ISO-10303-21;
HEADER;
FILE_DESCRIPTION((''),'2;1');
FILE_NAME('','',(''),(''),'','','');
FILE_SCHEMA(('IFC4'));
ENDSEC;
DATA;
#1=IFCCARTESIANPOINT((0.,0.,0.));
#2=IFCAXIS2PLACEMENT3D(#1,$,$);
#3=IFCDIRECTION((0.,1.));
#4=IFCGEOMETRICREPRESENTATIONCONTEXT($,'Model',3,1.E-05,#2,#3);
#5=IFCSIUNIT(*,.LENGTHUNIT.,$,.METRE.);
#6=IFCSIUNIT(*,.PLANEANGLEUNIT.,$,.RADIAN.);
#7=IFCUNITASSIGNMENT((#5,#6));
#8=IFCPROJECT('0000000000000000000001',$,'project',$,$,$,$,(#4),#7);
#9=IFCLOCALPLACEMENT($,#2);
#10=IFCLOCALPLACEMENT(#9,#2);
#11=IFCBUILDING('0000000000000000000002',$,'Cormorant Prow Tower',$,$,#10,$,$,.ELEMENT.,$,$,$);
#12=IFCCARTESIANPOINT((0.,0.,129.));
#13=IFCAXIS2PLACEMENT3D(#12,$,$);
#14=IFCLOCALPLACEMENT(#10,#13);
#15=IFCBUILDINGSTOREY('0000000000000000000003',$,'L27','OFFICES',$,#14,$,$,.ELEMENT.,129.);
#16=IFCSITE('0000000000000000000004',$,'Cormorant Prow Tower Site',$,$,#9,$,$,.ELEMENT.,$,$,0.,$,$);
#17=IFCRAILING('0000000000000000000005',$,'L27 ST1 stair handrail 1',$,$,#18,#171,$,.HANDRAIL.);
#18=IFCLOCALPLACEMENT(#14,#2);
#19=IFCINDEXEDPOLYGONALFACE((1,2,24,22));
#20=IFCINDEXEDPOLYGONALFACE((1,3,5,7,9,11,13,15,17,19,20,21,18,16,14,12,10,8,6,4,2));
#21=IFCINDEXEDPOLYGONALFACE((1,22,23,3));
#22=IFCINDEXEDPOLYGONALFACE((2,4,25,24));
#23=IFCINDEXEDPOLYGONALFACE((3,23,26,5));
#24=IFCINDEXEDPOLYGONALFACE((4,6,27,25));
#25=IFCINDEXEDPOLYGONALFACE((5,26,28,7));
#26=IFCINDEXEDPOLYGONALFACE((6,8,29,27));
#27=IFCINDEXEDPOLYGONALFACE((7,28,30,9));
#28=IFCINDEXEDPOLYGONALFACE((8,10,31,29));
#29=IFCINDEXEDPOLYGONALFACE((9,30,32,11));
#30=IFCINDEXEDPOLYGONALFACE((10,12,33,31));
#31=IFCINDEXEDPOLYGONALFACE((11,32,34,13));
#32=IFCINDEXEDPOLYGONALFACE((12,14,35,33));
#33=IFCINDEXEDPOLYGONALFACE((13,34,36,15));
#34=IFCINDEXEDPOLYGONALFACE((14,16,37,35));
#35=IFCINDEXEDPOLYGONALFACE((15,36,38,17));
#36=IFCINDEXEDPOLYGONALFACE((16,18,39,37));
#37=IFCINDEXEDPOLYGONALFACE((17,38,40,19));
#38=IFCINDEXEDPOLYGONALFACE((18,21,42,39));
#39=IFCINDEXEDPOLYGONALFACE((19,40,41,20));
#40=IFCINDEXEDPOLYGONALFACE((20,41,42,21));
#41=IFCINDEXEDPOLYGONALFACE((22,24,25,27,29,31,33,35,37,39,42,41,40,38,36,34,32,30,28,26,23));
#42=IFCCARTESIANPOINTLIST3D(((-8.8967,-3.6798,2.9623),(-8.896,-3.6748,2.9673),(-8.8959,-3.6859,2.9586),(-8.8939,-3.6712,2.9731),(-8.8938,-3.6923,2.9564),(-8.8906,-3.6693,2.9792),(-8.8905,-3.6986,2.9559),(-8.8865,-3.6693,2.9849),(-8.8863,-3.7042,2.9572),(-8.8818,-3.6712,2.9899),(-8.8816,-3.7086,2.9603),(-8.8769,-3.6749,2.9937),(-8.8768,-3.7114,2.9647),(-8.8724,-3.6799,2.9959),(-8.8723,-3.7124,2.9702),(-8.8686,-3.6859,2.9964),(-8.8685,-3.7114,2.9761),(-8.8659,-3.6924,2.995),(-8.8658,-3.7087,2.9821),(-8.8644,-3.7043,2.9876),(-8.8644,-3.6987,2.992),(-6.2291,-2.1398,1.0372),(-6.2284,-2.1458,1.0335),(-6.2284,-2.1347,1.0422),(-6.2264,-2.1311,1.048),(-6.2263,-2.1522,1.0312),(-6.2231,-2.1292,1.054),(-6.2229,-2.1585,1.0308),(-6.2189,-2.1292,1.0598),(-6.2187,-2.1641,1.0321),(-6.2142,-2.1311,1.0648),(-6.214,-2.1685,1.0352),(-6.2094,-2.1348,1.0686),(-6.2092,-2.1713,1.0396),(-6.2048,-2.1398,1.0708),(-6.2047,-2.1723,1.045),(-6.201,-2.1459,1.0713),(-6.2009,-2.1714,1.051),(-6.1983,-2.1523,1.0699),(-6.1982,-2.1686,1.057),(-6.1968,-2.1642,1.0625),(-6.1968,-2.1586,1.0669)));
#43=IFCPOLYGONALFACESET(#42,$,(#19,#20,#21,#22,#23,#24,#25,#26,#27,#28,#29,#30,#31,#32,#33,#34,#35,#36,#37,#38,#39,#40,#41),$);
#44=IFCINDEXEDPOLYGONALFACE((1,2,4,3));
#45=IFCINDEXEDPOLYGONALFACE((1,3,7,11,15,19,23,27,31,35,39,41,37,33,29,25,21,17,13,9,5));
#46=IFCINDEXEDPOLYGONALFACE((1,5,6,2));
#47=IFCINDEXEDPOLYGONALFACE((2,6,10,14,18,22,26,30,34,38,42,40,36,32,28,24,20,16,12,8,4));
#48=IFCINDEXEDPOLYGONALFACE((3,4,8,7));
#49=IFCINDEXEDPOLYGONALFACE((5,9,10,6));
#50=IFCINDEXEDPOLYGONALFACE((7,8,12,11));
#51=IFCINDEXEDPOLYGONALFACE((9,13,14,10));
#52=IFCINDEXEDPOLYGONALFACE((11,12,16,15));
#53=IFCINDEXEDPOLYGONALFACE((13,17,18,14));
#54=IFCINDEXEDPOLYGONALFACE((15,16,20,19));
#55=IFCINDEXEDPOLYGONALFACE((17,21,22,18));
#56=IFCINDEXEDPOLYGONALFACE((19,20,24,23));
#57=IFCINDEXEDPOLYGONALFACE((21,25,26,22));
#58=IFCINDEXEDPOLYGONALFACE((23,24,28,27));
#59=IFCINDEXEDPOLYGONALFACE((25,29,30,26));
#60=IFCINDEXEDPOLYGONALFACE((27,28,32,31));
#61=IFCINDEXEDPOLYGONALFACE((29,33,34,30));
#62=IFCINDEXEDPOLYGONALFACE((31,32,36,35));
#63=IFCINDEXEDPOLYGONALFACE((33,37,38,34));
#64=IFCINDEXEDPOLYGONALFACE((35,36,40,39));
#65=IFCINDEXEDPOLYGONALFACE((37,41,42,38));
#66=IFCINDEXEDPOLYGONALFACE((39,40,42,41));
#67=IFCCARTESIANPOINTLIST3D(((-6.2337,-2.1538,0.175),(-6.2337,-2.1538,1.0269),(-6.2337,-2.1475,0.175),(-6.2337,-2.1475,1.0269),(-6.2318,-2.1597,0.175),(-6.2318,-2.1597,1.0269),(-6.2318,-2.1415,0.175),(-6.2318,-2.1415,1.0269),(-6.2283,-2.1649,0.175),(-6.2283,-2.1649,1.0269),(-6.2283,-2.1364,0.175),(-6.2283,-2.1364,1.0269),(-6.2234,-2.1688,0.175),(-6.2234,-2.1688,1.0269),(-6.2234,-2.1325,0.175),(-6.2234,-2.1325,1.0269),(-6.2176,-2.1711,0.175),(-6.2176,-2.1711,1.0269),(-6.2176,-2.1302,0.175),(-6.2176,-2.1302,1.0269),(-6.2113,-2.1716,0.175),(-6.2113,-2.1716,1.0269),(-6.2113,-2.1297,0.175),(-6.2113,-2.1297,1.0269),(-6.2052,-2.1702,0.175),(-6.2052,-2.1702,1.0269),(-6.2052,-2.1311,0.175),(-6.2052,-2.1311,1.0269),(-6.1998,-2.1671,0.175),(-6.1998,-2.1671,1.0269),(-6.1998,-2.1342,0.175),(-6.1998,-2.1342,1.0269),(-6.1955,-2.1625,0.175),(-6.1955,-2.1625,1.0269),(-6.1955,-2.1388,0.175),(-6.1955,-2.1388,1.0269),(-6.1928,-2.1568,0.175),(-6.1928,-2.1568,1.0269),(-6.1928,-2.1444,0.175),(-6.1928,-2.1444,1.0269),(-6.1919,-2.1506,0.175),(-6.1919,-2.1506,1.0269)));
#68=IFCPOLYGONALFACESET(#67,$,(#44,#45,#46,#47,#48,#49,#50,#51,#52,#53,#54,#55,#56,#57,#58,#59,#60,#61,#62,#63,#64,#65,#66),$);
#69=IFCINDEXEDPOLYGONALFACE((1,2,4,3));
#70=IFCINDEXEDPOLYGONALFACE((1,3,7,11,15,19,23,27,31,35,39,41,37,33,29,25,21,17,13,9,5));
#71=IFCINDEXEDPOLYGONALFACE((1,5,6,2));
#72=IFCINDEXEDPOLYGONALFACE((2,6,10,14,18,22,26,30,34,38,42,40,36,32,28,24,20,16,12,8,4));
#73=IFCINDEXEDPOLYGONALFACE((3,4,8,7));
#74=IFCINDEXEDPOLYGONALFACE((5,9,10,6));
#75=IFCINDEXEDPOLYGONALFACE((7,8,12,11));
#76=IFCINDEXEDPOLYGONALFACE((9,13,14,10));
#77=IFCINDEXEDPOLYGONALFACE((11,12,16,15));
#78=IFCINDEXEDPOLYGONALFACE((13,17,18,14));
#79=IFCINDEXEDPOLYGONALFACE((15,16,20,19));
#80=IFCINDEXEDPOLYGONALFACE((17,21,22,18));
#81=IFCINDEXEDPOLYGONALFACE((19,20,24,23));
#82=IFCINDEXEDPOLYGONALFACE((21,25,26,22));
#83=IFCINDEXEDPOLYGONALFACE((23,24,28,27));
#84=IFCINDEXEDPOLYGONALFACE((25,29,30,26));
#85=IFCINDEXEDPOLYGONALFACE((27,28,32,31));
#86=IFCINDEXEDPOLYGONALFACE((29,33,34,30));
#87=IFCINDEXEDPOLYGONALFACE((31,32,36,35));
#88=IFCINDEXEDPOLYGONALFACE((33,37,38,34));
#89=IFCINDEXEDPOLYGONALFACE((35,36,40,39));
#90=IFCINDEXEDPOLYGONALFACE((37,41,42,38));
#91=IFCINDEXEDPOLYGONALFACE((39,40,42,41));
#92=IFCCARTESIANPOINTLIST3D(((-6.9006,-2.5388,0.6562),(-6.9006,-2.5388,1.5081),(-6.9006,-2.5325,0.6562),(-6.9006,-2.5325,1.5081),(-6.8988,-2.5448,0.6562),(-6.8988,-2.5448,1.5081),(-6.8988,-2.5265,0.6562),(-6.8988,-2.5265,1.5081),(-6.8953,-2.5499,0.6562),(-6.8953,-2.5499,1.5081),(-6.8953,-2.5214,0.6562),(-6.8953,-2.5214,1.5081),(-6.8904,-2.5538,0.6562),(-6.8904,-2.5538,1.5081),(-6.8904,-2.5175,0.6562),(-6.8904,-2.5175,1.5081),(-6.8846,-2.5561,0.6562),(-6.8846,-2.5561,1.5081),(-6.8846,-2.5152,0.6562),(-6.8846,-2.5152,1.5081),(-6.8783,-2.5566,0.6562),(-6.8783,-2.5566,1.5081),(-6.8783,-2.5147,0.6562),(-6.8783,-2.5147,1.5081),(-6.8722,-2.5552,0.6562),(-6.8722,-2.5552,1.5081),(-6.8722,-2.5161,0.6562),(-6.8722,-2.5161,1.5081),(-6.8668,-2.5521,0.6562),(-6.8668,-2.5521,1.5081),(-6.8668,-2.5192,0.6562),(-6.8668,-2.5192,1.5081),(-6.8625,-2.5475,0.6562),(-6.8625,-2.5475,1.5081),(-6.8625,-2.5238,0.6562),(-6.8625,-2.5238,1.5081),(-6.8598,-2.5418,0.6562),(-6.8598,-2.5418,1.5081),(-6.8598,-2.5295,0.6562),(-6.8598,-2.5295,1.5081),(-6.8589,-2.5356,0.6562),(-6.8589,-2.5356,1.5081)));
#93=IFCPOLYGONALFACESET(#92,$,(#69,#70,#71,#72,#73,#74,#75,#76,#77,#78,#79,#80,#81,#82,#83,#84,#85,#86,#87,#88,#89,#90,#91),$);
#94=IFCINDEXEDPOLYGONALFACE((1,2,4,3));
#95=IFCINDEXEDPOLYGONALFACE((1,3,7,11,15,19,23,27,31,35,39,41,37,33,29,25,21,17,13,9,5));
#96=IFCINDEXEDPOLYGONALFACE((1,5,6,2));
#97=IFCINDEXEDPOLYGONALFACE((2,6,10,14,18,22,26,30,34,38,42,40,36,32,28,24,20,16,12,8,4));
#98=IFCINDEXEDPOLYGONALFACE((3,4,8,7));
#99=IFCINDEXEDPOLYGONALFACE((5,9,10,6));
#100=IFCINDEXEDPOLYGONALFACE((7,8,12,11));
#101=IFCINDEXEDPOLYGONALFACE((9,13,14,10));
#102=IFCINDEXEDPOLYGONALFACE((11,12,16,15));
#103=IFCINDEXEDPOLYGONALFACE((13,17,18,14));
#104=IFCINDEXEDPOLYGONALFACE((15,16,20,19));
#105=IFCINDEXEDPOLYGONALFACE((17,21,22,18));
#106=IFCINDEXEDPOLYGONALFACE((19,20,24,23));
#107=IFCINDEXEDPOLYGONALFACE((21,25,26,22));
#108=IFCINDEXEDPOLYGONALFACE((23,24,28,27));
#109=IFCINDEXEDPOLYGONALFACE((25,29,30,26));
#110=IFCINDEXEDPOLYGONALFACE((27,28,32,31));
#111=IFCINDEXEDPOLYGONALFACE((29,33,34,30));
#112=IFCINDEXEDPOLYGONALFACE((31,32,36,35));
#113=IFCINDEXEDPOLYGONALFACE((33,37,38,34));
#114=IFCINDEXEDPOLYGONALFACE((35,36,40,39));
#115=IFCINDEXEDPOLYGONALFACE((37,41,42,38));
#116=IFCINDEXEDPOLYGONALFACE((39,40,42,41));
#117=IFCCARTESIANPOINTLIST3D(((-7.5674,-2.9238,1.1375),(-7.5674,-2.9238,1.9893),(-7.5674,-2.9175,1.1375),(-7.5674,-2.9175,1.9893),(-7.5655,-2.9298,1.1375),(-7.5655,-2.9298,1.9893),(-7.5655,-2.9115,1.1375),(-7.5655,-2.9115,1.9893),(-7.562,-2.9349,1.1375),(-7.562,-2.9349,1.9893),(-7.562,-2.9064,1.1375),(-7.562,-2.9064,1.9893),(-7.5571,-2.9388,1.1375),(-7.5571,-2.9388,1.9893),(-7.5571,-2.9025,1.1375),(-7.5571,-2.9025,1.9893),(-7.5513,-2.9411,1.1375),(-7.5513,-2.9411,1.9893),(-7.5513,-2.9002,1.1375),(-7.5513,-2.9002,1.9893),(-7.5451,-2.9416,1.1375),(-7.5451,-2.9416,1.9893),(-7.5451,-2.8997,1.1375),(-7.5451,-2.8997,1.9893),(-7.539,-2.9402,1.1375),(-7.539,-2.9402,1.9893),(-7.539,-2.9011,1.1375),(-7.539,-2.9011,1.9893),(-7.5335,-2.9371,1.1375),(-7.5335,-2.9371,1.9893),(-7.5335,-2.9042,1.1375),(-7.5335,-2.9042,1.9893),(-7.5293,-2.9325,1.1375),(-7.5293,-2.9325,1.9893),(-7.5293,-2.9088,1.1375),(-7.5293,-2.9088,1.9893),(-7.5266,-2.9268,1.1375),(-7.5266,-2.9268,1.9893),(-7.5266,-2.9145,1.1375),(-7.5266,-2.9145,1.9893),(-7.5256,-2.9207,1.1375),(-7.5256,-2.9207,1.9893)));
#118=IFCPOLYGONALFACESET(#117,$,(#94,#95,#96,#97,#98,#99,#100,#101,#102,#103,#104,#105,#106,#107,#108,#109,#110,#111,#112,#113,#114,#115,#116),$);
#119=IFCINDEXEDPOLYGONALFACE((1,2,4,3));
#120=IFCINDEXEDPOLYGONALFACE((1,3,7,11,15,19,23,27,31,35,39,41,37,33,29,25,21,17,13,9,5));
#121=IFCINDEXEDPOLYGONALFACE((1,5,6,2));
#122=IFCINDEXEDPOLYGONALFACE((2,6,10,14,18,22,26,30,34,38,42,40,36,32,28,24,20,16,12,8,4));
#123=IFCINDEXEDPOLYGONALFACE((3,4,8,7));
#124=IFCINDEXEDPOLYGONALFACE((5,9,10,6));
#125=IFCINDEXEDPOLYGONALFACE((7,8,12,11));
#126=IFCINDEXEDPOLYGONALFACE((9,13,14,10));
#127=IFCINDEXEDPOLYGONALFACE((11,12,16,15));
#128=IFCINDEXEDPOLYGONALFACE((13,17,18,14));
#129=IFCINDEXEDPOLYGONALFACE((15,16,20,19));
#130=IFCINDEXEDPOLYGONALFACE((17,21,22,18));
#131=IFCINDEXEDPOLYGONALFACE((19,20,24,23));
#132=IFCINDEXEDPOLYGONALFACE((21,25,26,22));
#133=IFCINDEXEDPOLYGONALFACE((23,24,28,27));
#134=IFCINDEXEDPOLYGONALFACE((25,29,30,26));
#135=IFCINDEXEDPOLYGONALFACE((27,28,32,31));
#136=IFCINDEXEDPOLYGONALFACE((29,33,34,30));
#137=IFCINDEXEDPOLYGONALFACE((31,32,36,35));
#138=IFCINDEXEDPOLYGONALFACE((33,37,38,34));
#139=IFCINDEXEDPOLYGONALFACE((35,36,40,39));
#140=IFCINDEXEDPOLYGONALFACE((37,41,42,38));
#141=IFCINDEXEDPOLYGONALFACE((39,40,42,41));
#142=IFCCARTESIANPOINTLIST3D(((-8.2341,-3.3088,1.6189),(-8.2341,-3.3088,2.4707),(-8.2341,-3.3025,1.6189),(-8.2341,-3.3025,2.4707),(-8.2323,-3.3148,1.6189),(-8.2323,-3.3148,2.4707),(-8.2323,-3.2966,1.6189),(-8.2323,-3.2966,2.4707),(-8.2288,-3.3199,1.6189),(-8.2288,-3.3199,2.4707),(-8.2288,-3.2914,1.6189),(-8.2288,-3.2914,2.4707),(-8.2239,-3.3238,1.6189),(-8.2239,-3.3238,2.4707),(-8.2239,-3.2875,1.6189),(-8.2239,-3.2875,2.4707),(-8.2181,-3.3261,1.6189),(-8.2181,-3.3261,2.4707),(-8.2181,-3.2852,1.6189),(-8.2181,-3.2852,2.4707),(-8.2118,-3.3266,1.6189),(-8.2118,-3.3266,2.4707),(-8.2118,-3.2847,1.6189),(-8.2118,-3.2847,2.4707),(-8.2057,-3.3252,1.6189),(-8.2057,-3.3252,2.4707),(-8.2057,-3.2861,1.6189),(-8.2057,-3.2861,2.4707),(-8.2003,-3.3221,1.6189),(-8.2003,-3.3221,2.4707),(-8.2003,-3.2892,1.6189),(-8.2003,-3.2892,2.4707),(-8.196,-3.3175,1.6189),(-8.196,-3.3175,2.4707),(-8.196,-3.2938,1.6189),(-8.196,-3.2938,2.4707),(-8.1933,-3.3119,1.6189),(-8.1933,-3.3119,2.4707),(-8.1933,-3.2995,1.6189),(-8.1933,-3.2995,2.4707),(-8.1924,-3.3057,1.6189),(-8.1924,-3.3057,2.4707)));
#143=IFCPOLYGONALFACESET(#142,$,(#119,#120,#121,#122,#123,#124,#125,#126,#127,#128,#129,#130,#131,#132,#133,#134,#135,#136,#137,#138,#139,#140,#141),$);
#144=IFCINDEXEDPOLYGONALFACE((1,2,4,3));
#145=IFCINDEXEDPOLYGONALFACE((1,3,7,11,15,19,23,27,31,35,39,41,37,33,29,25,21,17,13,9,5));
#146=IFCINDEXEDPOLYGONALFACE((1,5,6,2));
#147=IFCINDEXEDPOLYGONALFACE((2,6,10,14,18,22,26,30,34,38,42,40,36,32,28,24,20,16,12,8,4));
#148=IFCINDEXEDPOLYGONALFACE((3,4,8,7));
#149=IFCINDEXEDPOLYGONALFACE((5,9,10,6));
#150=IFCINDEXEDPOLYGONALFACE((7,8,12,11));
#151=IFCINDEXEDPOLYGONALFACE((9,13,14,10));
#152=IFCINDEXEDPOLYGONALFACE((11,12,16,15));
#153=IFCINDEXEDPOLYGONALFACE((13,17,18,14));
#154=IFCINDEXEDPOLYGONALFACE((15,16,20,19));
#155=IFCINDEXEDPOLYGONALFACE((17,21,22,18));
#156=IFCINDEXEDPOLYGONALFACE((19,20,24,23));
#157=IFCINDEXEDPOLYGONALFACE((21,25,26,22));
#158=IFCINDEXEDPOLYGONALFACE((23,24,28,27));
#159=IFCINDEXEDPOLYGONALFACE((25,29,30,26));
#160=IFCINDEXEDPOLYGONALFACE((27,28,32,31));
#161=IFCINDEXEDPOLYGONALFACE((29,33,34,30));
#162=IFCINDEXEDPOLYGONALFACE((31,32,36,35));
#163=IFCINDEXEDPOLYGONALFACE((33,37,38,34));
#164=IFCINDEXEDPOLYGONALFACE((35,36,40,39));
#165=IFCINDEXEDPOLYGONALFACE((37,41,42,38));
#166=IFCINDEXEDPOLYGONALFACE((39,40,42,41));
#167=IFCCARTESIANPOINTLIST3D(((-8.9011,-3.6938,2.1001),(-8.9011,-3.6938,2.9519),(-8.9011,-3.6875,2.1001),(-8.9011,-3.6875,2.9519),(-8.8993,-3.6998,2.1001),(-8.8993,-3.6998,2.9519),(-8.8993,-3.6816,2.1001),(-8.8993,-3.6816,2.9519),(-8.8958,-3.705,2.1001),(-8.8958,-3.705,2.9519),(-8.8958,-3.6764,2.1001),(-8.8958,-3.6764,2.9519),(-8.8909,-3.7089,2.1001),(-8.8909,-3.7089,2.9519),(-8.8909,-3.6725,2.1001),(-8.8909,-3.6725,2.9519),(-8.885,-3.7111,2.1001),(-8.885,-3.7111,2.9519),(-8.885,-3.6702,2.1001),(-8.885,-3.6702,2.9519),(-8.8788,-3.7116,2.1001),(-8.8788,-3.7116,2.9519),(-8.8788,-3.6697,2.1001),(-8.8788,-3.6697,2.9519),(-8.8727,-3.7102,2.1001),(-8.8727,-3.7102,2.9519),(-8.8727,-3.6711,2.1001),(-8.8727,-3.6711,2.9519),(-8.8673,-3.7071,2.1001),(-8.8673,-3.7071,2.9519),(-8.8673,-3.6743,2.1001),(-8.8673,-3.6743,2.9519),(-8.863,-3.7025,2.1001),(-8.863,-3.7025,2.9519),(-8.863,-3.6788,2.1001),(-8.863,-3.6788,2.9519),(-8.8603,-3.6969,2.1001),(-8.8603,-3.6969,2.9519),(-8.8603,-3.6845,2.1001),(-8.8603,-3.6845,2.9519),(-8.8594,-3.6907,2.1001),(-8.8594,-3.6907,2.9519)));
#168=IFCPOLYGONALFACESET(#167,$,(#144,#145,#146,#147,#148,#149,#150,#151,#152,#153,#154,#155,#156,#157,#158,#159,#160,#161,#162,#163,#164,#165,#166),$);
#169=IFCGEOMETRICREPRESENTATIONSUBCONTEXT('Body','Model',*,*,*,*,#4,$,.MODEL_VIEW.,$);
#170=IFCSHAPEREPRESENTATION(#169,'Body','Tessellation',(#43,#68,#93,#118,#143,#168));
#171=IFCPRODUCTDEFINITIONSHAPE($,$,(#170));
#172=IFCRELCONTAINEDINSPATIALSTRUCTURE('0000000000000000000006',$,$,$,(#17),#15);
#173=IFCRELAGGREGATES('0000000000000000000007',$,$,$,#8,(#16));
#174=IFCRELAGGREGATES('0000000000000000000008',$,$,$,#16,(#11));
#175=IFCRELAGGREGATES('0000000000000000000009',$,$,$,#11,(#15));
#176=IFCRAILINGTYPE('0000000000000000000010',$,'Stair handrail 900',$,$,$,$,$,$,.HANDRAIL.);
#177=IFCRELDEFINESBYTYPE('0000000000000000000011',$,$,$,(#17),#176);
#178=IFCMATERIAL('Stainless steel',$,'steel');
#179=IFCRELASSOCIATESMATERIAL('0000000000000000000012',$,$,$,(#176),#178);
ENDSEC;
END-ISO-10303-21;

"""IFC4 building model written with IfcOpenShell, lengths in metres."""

from ifc_helpers import new_model, si_unit, direction, frame, origin, origin_2d, place, context, subcontext, project, spatial, circle, extrude, material, type_object, element, save


model = new_model("IFC4")

# Units and contexts
model_context = context("Model", 3, precision=1e-05, world=origin(), true_north=direction((0.0, 1.0)))
body_context = subcontext(model_context, "Body", "Model", "MODEL_VIEW")
ifc_project = project(units=[si_unit("LENGTHUNIT", "METRE"), si_unit("PLANEANGLEUNIT", "RADIAN")], contexts=[model_context])

# Site, building, storey
site_placement = place(None, origin())
site = spatial("IfcSite", under=ifc_project, at=site_placement, Name="Cormorant Prow Tower Site", CompositionType="ELEMENT", RefElevation=0.0)
building_placement = place(site_placement, origin())
building = spatial("IfcBuilding", under=site, at=building_placement, Name="Cormorant Prow Tower", CompositionType="ELEMENT")
storey_placement = place(building_placement, frame((0.0, 0.0, 129.0)))
storey = spatial("IfcBuildingStorey", under=building, at=storey_placement, Name="L27", Description="OFFICES", CompositionType="ELEMENT", Elevation=129.0)

# Railing
ifc_material_1 = material(Name="Stainless steel", Category="steel")
railing_type_1 = type_object("IfcRailingType", Name="Stair handrail 900", PredefinedType="HANDRAIL", material=ifc_material_1)
railing_1_placement = place(storey_placement, frame((-6.2129, -2.1506, 0.175)))
element("IfcRailing", 1, at=railing_1_placement, inside=storey, type_object=railing_type_1, Name="L27 ST1 stair handrail 1", PredefinedType="HANDRAIL", context=body_context, shape_type="SweptSolid", body=[
    extrude(circle(Radius=0.0239, at=origin_2d()), frame((0.0, 0.0, 0.876), z_axis=(-0.734395, -0.423994, 0.529993), x_axis=(0.499992, -0.86603, 0.0)), (0.0, 0.0, 1.0), 3.6323),
    extrude(circle(Radius=0.021, at=origin_2d()), origin(), (0.0, 0.0, 1.0), 0.8518),
    extrude(circle(Radius=0.021, at=origin_2d()), frame((-0.667, -0.385, 0.4812)), (0.0, 0.0, 1.0), 0.8518),
    extrude(circle(Radius=0.021, at=origin_2d()), frame((-1.3337, -0.77, 0.9624)), (0.0, 0.0, 1.0), 0.8518),
    extrude(circle(Radius=0.021, at=origin_2d()), frame((-2.0005, -1.155, 1.4438)), (0.0, 0.0, 1.0), 0.8518),
    extrude(circle(Radius=0.021, at=origin_2d()), frame((-2.6675, -1.54, 1.925)), (0.0, 0.0, 1.0), 0.8518),
])

save(model, "model.ifc")
